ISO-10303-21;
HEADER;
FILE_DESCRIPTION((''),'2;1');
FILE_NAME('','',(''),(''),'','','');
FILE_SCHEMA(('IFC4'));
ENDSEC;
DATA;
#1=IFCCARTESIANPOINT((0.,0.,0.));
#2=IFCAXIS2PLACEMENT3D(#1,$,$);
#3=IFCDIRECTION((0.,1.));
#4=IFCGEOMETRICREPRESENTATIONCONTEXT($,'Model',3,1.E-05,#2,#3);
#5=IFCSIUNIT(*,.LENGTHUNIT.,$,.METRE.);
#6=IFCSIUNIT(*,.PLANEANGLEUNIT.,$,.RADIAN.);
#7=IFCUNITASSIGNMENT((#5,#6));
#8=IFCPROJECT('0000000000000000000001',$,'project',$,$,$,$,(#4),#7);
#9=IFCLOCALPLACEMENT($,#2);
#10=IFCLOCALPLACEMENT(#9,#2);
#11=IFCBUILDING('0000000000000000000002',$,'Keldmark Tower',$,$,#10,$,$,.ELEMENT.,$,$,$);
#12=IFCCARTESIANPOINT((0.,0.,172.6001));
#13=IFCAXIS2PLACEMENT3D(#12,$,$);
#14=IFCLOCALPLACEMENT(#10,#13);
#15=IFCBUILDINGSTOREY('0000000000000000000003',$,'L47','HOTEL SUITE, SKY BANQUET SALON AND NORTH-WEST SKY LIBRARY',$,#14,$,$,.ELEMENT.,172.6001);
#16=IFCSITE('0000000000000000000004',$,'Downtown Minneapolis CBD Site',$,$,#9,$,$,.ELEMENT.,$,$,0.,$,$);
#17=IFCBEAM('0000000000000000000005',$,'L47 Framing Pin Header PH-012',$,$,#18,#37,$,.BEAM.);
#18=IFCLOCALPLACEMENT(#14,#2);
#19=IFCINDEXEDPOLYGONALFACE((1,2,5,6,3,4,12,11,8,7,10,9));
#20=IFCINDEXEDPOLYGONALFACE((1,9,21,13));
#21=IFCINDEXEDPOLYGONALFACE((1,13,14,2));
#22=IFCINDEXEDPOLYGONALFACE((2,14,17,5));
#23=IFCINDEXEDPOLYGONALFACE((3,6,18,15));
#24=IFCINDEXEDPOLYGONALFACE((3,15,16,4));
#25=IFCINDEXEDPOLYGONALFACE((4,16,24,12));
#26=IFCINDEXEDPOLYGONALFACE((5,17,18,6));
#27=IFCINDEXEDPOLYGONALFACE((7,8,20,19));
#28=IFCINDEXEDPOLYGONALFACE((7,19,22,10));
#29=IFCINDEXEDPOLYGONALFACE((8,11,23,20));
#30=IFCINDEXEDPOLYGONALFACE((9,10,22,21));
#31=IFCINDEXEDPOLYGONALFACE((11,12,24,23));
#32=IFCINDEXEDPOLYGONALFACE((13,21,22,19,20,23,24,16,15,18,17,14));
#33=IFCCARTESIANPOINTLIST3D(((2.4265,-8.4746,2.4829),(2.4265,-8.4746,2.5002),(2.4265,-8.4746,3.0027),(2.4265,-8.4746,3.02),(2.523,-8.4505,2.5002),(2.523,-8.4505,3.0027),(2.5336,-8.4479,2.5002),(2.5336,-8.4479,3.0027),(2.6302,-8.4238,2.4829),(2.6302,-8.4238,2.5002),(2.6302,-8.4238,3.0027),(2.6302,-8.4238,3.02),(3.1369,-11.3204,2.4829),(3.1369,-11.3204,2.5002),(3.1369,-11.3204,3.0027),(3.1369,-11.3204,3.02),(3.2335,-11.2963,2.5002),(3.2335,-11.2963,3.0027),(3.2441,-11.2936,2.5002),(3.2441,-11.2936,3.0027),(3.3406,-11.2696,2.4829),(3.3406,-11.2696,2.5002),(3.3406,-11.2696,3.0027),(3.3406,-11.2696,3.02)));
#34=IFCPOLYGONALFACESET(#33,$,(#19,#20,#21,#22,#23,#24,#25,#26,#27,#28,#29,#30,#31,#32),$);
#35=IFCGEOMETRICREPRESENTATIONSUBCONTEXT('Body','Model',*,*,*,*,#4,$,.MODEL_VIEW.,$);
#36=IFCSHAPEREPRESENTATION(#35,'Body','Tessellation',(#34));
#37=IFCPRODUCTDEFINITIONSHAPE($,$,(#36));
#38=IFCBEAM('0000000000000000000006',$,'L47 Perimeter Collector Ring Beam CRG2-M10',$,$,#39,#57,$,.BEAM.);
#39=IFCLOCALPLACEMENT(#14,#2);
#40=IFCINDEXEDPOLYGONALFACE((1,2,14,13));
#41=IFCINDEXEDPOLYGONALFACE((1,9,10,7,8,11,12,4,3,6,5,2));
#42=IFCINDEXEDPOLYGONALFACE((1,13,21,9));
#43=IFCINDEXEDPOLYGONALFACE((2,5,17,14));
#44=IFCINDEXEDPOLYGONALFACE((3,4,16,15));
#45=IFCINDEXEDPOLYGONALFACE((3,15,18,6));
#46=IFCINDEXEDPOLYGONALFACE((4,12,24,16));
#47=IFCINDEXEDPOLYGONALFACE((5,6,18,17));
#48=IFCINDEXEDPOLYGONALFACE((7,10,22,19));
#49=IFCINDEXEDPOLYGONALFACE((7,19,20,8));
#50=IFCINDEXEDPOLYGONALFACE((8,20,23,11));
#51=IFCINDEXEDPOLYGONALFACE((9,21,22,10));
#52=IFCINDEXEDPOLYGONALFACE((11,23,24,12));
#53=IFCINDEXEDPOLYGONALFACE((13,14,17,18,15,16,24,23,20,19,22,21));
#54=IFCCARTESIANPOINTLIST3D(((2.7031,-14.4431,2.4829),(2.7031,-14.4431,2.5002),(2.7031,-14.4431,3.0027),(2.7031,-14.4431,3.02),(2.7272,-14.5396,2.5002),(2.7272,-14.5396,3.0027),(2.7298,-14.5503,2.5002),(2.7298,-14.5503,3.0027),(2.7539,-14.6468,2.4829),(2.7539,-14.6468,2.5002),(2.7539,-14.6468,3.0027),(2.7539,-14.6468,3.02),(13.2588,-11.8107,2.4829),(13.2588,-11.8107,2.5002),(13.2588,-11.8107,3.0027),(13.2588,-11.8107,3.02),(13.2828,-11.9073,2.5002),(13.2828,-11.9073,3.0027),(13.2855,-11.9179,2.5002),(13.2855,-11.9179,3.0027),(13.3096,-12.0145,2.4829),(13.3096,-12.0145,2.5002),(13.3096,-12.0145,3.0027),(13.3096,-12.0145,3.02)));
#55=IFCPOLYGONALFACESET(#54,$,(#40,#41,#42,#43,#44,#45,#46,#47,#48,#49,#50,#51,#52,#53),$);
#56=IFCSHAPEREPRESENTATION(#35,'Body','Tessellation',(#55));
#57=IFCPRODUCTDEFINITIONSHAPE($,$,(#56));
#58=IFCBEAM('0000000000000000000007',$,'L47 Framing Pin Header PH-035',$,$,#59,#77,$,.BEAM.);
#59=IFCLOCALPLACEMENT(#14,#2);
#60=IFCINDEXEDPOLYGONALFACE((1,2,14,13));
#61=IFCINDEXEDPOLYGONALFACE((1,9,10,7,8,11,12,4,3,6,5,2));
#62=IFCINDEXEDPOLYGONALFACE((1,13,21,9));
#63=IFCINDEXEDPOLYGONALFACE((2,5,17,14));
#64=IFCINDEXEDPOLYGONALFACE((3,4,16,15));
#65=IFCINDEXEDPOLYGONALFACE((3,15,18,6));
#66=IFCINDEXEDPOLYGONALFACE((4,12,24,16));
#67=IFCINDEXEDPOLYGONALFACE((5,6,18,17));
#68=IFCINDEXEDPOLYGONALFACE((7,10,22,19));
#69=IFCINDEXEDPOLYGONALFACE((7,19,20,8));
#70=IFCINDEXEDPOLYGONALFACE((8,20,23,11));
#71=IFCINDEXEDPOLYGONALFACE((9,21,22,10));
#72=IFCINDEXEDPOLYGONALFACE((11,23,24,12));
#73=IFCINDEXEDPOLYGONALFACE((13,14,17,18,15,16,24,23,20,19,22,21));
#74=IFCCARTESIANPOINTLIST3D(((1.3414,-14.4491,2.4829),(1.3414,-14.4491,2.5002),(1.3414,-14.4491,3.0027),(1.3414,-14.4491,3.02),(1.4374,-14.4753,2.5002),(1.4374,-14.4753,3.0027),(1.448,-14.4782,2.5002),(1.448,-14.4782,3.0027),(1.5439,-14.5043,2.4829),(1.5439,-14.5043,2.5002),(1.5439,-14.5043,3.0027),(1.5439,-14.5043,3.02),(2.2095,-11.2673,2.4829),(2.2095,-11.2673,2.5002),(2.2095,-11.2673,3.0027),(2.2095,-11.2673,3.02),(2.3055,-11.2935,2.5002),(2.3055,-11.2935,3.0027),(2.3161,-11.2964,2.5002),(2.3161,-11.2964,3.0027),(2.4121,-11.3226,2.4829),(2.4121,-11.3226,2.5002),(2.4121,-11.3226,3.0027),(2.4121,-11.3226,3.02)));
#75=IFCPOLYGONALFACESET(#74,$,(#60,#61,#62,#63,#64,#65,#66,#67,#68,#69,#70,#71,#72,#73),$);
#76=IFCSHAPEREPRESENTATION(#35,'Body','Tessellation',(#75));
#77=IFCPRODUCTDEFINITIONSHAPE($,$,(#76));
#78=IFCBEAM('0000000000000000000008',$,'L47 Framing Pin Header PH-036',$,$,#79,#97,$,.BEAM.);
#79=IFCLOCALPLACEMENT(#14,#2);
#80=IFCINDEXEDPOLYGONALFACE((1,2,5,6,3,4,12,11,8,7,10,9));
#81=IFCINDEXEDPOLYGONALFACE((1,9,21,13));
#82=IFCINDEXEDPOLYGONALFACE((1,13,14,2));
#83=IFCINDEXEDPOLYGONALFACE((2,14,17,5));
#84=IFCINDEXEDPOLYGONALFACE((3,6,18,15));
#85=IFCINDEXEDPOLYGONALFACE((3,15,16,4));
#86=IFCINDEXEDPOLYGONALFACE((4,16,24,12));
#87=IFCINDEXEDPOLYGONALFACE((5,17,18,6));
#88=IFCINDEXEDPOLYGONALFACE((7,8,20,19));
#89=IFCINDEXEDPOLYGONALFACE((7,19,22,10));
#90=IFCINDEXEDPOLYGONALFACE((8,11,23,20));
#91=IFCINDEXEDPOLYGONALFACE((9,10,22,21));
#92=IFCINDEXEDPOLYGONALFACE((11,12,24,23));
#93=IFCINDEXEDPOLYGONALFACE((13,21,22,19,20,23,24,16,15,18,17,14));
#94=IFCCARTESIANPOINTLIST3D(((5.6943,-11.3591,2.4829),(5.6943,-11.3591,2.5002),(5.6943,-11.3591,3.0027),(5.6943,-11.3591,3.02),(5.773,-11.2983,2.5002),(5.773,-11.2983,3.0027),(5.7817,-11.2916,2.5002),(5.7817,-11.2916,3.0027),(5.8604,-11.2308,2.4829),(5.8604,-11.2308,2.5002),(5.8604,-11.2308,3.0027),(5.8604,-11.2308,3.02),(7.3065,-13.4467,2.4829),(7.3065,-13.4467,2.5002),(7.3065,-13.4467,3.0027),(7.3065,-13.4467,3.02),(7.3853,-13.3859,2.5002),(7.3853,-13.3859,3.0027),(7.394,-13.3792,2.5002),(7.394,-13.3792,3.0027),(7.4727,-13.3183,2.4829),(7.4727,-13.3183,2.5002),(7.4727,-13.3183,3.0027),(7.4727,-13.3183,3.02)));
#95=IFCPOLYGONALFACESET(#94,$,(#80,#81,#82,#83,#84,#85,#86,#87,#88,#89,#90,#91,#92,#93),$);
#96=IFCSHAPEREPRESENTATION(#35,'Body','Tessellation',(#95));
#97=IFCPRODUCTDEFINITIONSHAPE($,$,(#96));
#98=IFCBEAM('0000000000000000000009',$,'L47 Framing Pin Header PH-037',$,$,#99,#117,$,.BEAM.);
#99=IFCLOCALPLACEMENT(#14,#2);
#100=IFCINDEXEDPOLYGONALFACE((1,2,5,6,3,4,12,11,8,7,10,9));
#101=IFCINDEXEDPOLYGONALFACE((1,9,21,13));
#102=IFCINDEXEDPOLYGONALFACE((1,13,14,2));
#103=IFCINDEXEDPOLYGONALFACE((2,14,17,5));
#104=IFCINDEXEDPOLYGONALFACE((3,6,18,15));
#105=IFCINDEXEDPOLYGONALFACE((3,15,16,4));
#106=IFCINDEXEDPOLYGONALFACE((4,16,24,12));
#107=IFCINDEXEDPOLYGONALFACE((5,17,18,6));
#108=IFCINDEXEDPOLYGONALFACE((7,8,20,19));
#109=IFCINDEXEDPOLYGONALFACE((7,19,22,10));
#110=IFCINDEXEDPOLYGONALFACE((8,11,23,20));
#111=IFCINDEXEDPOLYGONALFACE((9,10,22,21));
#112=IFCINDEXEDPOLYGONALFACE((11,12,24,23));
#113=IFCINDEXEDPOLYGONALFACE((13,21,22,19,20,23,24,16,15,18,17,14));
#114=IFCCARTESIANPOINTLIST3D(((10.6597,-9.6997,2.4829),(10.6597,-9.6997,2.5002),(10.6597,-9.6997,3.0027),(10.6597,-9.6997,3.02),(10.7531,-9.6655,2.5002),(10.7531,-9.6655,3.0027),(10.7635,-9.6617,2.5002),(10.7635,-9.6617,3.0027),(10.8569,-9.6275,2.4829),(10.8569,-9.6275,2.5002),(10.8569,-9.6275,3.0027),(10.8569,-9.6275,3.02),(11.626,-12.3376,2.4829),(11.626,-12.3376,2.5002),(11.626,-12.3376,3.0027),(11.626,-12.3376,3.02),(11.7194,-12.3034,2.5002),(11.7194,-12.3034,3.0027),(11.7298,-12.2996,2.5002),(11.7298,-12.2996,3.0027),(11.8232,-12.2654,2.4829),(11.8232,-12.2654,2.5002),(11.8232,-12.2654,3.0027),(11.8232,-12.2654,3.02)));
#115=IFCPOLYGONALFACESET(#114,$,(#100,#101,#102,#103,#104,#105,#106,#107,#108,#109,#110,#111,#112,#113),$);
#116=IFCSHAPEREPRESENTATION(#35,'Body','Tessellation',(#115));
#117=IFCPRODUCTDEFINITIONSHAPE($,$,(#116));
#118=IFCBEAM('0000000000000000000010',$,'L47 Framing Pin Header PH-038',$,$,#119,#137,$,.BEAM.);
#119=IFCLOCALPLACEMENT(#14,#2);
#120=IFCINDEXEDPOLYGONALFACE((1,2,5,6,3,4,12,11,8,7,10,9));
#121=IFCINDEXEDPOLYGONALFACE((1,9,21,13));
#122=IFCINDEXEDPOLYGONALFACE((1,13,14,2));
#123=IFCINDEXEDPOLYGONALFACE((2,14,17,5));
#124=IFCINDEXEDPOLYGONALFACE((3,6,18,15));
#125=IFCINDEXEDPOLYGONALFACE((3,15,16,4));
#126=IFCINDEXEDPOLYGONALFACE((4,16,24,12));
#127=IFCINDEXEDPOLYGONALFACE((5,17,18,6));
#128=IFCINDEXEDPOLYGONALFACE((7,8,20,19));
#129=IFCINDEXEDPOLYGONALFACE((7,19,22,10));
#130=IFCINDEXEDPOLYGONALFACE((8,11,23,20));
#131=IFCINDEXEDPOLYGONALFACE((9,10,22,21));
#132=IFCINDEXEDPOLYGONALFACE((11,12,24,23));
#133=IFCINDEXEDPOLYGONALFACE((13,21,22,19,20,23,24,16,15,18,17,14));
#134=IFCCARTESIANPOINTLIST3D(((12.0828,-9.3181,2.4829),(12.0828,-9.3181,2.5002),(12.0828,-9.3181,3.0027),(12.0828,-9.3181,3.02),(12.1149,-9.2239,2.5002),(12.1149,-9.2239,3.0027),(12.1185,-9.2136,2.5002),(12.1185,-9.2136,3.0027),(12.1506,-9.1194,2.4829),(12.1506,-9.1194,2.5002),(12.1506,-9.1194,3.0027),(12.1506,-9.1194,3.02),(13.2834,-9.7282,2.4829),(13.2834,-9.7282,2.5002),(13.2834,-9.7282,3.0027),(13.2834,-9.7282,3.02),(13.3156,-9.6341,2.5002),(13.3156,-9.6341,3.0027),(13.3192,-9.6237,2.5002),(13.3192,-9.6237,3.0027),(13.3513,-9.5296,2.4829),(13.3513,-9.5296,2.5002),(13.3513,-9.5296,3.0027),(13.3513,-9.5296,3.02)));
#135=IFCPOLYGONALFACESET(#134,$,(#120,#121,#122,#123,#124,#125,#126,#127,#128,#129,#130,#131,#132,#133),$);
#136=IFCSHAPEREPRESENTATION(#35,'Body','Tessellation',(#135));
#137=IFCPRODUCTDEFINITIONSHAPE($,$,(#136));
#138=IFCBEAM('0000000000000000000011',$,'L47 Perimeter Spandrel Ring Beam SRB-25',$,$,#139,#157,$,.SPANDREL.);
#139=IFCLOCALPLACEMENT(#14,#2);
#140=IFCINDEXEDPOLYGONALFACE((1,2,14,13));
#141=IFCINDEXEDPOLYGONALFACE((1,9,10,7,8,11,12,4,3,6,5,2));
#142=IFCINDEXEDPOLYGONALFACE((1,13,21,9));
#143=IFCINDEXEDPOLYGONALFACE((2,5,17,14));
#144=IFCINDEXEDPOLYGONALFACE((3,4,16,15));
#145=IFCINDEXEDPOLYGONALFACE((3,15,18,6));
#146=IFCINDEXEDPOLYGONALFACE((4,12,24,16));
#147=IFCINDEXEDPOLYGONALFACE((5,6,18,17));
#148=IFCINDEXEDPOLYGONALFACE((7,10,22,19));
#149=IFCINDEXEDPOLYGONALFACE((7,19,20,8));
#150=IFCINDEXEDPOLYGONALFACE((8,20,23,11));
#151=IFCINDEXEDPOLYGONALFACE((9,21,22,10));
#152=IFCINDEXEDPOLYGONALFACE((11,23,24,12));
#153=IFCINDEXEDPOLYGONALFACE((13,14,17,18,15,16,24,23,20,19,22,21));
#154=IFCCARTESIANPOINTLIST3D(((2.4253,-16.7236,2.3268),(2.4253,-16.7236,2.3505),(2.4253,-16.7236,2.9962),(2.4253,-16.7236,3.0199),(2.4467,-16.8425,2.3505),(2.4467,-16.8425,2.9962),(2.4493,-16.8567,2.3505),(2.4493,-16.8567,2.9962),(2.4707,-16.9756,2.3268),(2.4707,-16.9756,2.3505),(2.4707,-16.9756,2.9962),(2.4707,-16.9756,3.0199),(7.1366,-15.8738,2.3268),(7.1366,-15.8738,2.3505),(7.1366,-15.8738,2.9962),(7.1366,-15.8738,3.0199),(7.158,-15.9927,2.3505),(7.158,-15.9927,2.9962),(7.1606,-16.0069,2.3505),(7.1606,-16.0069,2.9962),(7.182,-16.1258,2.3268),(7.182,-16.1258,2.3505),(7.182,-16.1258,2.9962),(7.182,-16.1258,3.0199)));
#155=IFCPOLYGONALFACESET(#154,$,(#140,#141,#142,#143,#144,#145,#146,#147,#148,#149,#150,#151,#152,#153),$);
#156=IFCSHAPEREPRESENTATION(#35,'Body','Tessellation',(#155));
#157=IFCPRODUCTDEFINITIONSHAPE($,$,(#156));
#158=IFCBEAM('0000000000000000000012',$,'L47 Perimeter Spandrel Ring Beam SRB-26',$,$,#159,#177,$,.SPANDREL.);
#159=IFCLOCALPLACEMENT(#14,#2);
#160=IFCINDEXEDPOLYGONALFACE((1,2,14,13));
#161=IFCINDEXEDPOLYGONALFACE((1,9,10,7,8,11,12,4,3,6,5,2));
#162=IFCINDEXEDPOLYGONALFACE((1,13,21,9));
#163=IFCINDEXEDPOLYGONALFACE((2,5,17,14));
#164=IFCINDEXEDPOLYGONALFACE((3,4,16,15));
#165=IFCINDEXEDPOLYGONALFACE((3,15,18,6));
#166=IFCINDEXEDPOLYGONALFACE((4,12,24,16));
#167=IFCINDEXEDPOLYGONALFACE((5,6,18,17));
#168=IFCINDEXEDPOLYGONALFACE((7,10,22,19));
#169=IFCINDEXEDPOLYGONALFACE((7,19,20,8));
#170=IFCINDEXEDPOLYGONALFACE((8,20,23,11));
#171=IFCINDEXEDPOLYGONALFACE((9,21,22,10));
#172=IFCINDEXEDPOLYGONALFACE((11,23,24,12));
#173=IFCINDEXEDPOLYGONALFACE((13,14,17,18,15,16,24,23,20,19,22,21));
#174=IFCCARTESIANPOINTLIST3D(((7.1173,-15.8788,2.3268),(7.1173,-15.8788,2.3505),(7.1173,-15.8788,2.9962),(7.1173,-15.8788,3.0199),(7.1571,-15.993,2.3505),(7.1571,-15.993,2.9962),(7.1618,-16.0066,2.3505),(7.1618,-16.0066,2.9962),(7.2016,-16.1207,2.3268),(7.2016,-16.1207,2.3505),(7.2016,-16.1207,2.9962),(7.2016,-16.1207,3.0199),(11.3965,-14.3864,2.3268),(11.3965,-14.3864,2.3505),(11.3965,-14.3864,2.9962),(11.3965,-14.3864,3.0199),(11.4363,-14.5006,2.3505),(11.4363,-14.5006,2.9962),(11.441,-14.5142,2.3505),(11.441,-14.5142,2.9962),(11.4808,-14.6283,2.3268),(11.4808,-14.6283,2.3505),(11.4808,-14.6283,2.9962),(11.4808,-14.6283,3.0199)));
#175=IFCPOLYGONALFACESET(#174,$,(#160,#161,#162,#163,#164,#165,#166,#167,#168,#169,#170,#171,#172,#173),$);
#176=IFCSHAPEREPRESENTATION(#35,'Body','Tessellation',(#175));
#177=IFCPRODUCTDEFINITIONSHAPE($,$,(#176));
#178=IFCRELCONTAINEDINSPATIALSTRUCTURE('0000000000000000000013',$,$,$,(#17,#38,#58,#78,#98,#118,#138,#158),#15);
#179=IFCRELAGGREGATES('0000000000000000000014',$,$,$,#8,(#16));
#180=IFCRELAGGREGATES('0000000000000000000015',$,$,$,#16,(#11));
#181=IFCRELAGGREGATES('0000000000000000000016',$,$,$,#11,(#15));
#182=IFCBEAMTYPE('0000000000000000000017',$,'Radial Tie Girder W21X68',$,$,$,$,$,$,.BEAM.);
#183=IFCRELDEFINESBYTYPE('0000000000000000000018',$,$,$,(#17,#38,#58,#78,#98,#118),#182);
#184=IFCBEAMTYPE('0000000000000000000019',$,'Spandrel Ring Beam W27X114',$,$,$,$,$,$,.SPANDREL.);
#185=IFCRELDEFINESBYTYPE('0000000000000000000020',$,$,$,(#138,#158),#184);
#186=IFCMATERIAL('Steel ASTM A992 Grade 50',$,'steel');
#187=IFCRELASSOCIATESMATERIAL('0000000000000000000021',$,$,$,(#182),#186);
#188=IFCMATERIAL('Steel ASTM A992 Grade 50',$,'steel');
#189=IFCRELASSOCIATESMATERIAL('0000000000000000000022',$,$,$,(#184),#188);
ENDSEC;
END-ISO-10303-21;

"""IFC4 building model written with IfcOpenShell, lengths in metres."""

from ifc_helpers import new_model, si_unit, direction, frame, origin, origin_2d, place, context, subcontext, project, spatial, i_section, extrude, material, material_profile, profile_set, type_object, element, save


model = new_model("IFC4")

# Units and contexts
model_context = context("Model", 3, precision=1e-05, world=origin(), true_north=direction((0.0, 1.0)))
body_context = subcontext(model_context, "Body", "Model", "MODEL_VIEW")
ifc_project = project(units=[si_unit("LENGTHUNIT", "METRE"), si_unit("PLANEANGLEUNIT", "RADIAN")], contexts=[model_context])

# Site, building, storey
site_placement = place(None, origin())
site = spatial("IfcSite", under=ifc_project, at=site_placement, Name="Downtown Minneapolis CBD Site", CompositionType="ELEMENT", RefElevation=0.0)
building_placement = place(site_placement, origin())
building = spatial("IfcBuilding", under=site, at=building_placement, Name="Keldmark Tower", CompositionType="ELEMENT")
storey_placement = place(building_placement, frame((0.0, 0.0, 172.6001)))
storey = spatial("IfcBuildingStorey", under=building, at=storey_placement, Name="L47", Description="HOTEL SUITE, SKY BANQUET SALON AND NORTH-WEST SKY LIBRARY", CompositionType="ELEMENT", Elevation=172.6001)

# Beams
ifc_material_1 = material(Name="Steel ASTM A992 Grade 50", Category="steel")
ifc_material_profile_1 = material_profile(ifc_material_1, i_section(OverallWidth=0.21, OverallDepth=0.5371, WebThickness=0.011, FlangeThickness=0.0173, at=origin_2d()), Name="W21X68")
ifc_profile_set_1 = profile_set([ifc_material_profile_1], Name="Steel ASTM A992 Grade 50")
beam_type_1 = type_object("IfcBeamType", Name="Radial Tie Girder W21X68", PredefinedType="BEAM", material=ifc_profile_set_1)
beam_1_placement = place(storey_placement, frame((2.5283, -8.4492, 2.7515), z_axis=(0.242222, -0.970221, 0.0), x_axis=(0.970221, 0.242222, 0.0)))
element("IfcBeam", 1, at=beam_1_placement, inside=storey, type_object=beam_type_1, Name="L47 Framing Pin Header PH-012", PredefinedType="BEAM", context=body_context, shape_type="SweptSolid", body=[
    extrude(i_section(OverallWidth=0.21, OverallDepth=0.5371, WebThickness=0.011, FlangeThickness=0.0173, at=origin_2d()), origin(), (0.0, 0.0, 1.0), 2.9331),
])
beam_2_placement = place(storey_placement, frame((2.7285, -14.5449, 2.7515), z_axis=(0.970285, 0.241965, 0.0), x_axis=(-0.241965, 0.970285, 0.0)))
element("IfcBeam", 2, at=beam_2_placement, inside=storey, type_object=beam_type_1, Name="L47 Perimeter Collector Ring Beam CRG2-M10", PredefinedType="BEAM", context=body_context, shape_type="SweptSolid", body=[
    extrude(i_section(OverallWidth=0.21, OverallDepth=0.5371, WebThickness=0.011, FlangeThickness=0.0173, at=origin_2d()), origin(), (0.0, 0.0, 1.0), 10.8789),
])
beam_3_placement = place(storey_placement, frame((2.3108, -11.2949, 2.7515), z_axis=(-0.263224, -0.964735, 0.0), x_axis=(0.964735, -0.263224, 0.0)))
element("IfcBeam", 3, at=beam_3_placement, inside=storey, type_object=beam_type_1, Name="L47 Framing Pin Header PH-035", PredefinedType="BEAM", context=body_context, shape_type="SweptSolid", body=[
    extrude(i_section(OverallWidth=0.21, OverallDepth=0.5371, WebThickness=0.011, FlangeThickness=0.0173, at=origin_2d()), origin(), (0.0, 0.0, 1.0), 3.2981),
])
beam_4_placement = place(storey_placement, frame((5.7773, -11.2949, 2.7515), z_axis=(0.611239, -0.791446, 0.0), x_axis=(0.791446, 0.611239, 0.0)))
element("IfcBeam", 4, at=beam_4_placement, inside=storey, type_object=beam_type_1, Name="L47 Framing Pin Header PH-036", PredefinedType="BEAM", context=body_context, shape_type="SweptSolid", body=[
    extrude(i_section(OverallWidth=0.21, OverallDepth=0.5371, WebThickness=0.011, FlangeThickness=0.0173, at=origin_2d()), origin(), (0.0, 0.0, 1.0), 2.6377),
])
beam_5_placement = place(storey_placement, frame((10.7583, -9.6636, 2.7515), z_axis=(0.343961, -0.938984, 0.0), x_axis=(0.938984, 0.343961, 0.0)))
element("IfcBeam", 5, at=beam_5_placement, inside=storey, type_object=beam_type_1, Name="L47 Framing Pin Header PH-037", PredefinedType="BEAM", context=body_context, shape_type="SweptSolid", body=[
    extrude(i_section(OverallWidth=0.21, OverallDepth=0.5371, WebThickness=0.011, FlangeThickness=0.0173, at=origin_2d()), origin(), (0.0, 0.0, 1.0), 2.8093),
])
beam_6_placement = place(storey_placement, frame((12.1167, -9.2188, 2.7515), z_axis=(0.94631, -0.323262, 0.0), x_axis=(0.323262, 0.94631, 0.0)))
element("IfcBeam", 6, at=beam_6_placement, inside=storey, type_object=beam_type_1, Name="L47 Framing Pin Header PH-038", PredefinedType="BEAM", context=body_context, shape_type="SweptSolid", body=[
    extrude(i_section(OverallWidth=0.21, OverallDepth=0.5371, WebThickness=0.011, FlangeThickness=0.0173, at=origin_2d()), origin(), (0.0, 0.0, 1.0), 1.2688),
])
ifc_material_2 = material(Name="Steel ASTM A992 Grade 50", Category="steel")
ifc_material_profile_2 = material_profile(ifc_material_2, i_section(OverallWidth=0.2561, OverallDepth=0.6931, WebThickness=0.0144, FlangeThickness=0.0237, at=origin_2d()), Name="W27X114")
ifc_profile_set_2 = profile_set([ifc_material_profile_2], Name="Steel ASTM A992 Grade 50")
beam_type_2 = type_object("IfcBeamType", Name="Spandrel Ring Beam W27X114", PredefinedType="SPANDREL", material=ifc_profile_set_2)
beam_7_placement = place(storey_placement, frame((2.448, -16.8496, 2.6733), z_axis=(0.984118, 0.177517, 0.0), x_axis=(-0.177517, 0.984118, 0.0)))
element("IfcBeam", 7, at=beam_7_placement, inside=storey, type_object=beam_type_2, Name="L47 Perimeter Spandrel Ring Beam SRB-25", PredefinedType="SPANDREL", context=body_context, shape_type="SweptSolid", body=[
    extrude(i_section(OverallWidth=0.2561, OverallDepth=0.6931, WebThickness=0.0144, FlangeThickness=0.0237, at=origin_2d()), origin(), (0.0, 0.0, 1.0), 4.7874),
])
beam_8_placement = place(storey_placement, frame((7.1594, -15.9998, 2.6733), z_axis=(0.944224, 0.329304, 0.0), x_axis=(-0.329304, 0.944224, 0.0)))
element("IfcBeam", 8, at=beam_8_placement, inside=storey, type_object=beam_type_2, Name="L47 Perimeter Spandrel Ring Beam SRB-26", PredefinedType="SPANDREL", context=body_context, shape_type="SweptSolid", body=[
    extrude(i_section(OverallWidth=0.2561, OverallDepth=0.6931, WebThickness=0.0144, FlangeThickness=0.0237, at=origin_2d()), origin(), (0.0, 0.0, 1.0), 4.532),
])

save(model, "model.ifc")
